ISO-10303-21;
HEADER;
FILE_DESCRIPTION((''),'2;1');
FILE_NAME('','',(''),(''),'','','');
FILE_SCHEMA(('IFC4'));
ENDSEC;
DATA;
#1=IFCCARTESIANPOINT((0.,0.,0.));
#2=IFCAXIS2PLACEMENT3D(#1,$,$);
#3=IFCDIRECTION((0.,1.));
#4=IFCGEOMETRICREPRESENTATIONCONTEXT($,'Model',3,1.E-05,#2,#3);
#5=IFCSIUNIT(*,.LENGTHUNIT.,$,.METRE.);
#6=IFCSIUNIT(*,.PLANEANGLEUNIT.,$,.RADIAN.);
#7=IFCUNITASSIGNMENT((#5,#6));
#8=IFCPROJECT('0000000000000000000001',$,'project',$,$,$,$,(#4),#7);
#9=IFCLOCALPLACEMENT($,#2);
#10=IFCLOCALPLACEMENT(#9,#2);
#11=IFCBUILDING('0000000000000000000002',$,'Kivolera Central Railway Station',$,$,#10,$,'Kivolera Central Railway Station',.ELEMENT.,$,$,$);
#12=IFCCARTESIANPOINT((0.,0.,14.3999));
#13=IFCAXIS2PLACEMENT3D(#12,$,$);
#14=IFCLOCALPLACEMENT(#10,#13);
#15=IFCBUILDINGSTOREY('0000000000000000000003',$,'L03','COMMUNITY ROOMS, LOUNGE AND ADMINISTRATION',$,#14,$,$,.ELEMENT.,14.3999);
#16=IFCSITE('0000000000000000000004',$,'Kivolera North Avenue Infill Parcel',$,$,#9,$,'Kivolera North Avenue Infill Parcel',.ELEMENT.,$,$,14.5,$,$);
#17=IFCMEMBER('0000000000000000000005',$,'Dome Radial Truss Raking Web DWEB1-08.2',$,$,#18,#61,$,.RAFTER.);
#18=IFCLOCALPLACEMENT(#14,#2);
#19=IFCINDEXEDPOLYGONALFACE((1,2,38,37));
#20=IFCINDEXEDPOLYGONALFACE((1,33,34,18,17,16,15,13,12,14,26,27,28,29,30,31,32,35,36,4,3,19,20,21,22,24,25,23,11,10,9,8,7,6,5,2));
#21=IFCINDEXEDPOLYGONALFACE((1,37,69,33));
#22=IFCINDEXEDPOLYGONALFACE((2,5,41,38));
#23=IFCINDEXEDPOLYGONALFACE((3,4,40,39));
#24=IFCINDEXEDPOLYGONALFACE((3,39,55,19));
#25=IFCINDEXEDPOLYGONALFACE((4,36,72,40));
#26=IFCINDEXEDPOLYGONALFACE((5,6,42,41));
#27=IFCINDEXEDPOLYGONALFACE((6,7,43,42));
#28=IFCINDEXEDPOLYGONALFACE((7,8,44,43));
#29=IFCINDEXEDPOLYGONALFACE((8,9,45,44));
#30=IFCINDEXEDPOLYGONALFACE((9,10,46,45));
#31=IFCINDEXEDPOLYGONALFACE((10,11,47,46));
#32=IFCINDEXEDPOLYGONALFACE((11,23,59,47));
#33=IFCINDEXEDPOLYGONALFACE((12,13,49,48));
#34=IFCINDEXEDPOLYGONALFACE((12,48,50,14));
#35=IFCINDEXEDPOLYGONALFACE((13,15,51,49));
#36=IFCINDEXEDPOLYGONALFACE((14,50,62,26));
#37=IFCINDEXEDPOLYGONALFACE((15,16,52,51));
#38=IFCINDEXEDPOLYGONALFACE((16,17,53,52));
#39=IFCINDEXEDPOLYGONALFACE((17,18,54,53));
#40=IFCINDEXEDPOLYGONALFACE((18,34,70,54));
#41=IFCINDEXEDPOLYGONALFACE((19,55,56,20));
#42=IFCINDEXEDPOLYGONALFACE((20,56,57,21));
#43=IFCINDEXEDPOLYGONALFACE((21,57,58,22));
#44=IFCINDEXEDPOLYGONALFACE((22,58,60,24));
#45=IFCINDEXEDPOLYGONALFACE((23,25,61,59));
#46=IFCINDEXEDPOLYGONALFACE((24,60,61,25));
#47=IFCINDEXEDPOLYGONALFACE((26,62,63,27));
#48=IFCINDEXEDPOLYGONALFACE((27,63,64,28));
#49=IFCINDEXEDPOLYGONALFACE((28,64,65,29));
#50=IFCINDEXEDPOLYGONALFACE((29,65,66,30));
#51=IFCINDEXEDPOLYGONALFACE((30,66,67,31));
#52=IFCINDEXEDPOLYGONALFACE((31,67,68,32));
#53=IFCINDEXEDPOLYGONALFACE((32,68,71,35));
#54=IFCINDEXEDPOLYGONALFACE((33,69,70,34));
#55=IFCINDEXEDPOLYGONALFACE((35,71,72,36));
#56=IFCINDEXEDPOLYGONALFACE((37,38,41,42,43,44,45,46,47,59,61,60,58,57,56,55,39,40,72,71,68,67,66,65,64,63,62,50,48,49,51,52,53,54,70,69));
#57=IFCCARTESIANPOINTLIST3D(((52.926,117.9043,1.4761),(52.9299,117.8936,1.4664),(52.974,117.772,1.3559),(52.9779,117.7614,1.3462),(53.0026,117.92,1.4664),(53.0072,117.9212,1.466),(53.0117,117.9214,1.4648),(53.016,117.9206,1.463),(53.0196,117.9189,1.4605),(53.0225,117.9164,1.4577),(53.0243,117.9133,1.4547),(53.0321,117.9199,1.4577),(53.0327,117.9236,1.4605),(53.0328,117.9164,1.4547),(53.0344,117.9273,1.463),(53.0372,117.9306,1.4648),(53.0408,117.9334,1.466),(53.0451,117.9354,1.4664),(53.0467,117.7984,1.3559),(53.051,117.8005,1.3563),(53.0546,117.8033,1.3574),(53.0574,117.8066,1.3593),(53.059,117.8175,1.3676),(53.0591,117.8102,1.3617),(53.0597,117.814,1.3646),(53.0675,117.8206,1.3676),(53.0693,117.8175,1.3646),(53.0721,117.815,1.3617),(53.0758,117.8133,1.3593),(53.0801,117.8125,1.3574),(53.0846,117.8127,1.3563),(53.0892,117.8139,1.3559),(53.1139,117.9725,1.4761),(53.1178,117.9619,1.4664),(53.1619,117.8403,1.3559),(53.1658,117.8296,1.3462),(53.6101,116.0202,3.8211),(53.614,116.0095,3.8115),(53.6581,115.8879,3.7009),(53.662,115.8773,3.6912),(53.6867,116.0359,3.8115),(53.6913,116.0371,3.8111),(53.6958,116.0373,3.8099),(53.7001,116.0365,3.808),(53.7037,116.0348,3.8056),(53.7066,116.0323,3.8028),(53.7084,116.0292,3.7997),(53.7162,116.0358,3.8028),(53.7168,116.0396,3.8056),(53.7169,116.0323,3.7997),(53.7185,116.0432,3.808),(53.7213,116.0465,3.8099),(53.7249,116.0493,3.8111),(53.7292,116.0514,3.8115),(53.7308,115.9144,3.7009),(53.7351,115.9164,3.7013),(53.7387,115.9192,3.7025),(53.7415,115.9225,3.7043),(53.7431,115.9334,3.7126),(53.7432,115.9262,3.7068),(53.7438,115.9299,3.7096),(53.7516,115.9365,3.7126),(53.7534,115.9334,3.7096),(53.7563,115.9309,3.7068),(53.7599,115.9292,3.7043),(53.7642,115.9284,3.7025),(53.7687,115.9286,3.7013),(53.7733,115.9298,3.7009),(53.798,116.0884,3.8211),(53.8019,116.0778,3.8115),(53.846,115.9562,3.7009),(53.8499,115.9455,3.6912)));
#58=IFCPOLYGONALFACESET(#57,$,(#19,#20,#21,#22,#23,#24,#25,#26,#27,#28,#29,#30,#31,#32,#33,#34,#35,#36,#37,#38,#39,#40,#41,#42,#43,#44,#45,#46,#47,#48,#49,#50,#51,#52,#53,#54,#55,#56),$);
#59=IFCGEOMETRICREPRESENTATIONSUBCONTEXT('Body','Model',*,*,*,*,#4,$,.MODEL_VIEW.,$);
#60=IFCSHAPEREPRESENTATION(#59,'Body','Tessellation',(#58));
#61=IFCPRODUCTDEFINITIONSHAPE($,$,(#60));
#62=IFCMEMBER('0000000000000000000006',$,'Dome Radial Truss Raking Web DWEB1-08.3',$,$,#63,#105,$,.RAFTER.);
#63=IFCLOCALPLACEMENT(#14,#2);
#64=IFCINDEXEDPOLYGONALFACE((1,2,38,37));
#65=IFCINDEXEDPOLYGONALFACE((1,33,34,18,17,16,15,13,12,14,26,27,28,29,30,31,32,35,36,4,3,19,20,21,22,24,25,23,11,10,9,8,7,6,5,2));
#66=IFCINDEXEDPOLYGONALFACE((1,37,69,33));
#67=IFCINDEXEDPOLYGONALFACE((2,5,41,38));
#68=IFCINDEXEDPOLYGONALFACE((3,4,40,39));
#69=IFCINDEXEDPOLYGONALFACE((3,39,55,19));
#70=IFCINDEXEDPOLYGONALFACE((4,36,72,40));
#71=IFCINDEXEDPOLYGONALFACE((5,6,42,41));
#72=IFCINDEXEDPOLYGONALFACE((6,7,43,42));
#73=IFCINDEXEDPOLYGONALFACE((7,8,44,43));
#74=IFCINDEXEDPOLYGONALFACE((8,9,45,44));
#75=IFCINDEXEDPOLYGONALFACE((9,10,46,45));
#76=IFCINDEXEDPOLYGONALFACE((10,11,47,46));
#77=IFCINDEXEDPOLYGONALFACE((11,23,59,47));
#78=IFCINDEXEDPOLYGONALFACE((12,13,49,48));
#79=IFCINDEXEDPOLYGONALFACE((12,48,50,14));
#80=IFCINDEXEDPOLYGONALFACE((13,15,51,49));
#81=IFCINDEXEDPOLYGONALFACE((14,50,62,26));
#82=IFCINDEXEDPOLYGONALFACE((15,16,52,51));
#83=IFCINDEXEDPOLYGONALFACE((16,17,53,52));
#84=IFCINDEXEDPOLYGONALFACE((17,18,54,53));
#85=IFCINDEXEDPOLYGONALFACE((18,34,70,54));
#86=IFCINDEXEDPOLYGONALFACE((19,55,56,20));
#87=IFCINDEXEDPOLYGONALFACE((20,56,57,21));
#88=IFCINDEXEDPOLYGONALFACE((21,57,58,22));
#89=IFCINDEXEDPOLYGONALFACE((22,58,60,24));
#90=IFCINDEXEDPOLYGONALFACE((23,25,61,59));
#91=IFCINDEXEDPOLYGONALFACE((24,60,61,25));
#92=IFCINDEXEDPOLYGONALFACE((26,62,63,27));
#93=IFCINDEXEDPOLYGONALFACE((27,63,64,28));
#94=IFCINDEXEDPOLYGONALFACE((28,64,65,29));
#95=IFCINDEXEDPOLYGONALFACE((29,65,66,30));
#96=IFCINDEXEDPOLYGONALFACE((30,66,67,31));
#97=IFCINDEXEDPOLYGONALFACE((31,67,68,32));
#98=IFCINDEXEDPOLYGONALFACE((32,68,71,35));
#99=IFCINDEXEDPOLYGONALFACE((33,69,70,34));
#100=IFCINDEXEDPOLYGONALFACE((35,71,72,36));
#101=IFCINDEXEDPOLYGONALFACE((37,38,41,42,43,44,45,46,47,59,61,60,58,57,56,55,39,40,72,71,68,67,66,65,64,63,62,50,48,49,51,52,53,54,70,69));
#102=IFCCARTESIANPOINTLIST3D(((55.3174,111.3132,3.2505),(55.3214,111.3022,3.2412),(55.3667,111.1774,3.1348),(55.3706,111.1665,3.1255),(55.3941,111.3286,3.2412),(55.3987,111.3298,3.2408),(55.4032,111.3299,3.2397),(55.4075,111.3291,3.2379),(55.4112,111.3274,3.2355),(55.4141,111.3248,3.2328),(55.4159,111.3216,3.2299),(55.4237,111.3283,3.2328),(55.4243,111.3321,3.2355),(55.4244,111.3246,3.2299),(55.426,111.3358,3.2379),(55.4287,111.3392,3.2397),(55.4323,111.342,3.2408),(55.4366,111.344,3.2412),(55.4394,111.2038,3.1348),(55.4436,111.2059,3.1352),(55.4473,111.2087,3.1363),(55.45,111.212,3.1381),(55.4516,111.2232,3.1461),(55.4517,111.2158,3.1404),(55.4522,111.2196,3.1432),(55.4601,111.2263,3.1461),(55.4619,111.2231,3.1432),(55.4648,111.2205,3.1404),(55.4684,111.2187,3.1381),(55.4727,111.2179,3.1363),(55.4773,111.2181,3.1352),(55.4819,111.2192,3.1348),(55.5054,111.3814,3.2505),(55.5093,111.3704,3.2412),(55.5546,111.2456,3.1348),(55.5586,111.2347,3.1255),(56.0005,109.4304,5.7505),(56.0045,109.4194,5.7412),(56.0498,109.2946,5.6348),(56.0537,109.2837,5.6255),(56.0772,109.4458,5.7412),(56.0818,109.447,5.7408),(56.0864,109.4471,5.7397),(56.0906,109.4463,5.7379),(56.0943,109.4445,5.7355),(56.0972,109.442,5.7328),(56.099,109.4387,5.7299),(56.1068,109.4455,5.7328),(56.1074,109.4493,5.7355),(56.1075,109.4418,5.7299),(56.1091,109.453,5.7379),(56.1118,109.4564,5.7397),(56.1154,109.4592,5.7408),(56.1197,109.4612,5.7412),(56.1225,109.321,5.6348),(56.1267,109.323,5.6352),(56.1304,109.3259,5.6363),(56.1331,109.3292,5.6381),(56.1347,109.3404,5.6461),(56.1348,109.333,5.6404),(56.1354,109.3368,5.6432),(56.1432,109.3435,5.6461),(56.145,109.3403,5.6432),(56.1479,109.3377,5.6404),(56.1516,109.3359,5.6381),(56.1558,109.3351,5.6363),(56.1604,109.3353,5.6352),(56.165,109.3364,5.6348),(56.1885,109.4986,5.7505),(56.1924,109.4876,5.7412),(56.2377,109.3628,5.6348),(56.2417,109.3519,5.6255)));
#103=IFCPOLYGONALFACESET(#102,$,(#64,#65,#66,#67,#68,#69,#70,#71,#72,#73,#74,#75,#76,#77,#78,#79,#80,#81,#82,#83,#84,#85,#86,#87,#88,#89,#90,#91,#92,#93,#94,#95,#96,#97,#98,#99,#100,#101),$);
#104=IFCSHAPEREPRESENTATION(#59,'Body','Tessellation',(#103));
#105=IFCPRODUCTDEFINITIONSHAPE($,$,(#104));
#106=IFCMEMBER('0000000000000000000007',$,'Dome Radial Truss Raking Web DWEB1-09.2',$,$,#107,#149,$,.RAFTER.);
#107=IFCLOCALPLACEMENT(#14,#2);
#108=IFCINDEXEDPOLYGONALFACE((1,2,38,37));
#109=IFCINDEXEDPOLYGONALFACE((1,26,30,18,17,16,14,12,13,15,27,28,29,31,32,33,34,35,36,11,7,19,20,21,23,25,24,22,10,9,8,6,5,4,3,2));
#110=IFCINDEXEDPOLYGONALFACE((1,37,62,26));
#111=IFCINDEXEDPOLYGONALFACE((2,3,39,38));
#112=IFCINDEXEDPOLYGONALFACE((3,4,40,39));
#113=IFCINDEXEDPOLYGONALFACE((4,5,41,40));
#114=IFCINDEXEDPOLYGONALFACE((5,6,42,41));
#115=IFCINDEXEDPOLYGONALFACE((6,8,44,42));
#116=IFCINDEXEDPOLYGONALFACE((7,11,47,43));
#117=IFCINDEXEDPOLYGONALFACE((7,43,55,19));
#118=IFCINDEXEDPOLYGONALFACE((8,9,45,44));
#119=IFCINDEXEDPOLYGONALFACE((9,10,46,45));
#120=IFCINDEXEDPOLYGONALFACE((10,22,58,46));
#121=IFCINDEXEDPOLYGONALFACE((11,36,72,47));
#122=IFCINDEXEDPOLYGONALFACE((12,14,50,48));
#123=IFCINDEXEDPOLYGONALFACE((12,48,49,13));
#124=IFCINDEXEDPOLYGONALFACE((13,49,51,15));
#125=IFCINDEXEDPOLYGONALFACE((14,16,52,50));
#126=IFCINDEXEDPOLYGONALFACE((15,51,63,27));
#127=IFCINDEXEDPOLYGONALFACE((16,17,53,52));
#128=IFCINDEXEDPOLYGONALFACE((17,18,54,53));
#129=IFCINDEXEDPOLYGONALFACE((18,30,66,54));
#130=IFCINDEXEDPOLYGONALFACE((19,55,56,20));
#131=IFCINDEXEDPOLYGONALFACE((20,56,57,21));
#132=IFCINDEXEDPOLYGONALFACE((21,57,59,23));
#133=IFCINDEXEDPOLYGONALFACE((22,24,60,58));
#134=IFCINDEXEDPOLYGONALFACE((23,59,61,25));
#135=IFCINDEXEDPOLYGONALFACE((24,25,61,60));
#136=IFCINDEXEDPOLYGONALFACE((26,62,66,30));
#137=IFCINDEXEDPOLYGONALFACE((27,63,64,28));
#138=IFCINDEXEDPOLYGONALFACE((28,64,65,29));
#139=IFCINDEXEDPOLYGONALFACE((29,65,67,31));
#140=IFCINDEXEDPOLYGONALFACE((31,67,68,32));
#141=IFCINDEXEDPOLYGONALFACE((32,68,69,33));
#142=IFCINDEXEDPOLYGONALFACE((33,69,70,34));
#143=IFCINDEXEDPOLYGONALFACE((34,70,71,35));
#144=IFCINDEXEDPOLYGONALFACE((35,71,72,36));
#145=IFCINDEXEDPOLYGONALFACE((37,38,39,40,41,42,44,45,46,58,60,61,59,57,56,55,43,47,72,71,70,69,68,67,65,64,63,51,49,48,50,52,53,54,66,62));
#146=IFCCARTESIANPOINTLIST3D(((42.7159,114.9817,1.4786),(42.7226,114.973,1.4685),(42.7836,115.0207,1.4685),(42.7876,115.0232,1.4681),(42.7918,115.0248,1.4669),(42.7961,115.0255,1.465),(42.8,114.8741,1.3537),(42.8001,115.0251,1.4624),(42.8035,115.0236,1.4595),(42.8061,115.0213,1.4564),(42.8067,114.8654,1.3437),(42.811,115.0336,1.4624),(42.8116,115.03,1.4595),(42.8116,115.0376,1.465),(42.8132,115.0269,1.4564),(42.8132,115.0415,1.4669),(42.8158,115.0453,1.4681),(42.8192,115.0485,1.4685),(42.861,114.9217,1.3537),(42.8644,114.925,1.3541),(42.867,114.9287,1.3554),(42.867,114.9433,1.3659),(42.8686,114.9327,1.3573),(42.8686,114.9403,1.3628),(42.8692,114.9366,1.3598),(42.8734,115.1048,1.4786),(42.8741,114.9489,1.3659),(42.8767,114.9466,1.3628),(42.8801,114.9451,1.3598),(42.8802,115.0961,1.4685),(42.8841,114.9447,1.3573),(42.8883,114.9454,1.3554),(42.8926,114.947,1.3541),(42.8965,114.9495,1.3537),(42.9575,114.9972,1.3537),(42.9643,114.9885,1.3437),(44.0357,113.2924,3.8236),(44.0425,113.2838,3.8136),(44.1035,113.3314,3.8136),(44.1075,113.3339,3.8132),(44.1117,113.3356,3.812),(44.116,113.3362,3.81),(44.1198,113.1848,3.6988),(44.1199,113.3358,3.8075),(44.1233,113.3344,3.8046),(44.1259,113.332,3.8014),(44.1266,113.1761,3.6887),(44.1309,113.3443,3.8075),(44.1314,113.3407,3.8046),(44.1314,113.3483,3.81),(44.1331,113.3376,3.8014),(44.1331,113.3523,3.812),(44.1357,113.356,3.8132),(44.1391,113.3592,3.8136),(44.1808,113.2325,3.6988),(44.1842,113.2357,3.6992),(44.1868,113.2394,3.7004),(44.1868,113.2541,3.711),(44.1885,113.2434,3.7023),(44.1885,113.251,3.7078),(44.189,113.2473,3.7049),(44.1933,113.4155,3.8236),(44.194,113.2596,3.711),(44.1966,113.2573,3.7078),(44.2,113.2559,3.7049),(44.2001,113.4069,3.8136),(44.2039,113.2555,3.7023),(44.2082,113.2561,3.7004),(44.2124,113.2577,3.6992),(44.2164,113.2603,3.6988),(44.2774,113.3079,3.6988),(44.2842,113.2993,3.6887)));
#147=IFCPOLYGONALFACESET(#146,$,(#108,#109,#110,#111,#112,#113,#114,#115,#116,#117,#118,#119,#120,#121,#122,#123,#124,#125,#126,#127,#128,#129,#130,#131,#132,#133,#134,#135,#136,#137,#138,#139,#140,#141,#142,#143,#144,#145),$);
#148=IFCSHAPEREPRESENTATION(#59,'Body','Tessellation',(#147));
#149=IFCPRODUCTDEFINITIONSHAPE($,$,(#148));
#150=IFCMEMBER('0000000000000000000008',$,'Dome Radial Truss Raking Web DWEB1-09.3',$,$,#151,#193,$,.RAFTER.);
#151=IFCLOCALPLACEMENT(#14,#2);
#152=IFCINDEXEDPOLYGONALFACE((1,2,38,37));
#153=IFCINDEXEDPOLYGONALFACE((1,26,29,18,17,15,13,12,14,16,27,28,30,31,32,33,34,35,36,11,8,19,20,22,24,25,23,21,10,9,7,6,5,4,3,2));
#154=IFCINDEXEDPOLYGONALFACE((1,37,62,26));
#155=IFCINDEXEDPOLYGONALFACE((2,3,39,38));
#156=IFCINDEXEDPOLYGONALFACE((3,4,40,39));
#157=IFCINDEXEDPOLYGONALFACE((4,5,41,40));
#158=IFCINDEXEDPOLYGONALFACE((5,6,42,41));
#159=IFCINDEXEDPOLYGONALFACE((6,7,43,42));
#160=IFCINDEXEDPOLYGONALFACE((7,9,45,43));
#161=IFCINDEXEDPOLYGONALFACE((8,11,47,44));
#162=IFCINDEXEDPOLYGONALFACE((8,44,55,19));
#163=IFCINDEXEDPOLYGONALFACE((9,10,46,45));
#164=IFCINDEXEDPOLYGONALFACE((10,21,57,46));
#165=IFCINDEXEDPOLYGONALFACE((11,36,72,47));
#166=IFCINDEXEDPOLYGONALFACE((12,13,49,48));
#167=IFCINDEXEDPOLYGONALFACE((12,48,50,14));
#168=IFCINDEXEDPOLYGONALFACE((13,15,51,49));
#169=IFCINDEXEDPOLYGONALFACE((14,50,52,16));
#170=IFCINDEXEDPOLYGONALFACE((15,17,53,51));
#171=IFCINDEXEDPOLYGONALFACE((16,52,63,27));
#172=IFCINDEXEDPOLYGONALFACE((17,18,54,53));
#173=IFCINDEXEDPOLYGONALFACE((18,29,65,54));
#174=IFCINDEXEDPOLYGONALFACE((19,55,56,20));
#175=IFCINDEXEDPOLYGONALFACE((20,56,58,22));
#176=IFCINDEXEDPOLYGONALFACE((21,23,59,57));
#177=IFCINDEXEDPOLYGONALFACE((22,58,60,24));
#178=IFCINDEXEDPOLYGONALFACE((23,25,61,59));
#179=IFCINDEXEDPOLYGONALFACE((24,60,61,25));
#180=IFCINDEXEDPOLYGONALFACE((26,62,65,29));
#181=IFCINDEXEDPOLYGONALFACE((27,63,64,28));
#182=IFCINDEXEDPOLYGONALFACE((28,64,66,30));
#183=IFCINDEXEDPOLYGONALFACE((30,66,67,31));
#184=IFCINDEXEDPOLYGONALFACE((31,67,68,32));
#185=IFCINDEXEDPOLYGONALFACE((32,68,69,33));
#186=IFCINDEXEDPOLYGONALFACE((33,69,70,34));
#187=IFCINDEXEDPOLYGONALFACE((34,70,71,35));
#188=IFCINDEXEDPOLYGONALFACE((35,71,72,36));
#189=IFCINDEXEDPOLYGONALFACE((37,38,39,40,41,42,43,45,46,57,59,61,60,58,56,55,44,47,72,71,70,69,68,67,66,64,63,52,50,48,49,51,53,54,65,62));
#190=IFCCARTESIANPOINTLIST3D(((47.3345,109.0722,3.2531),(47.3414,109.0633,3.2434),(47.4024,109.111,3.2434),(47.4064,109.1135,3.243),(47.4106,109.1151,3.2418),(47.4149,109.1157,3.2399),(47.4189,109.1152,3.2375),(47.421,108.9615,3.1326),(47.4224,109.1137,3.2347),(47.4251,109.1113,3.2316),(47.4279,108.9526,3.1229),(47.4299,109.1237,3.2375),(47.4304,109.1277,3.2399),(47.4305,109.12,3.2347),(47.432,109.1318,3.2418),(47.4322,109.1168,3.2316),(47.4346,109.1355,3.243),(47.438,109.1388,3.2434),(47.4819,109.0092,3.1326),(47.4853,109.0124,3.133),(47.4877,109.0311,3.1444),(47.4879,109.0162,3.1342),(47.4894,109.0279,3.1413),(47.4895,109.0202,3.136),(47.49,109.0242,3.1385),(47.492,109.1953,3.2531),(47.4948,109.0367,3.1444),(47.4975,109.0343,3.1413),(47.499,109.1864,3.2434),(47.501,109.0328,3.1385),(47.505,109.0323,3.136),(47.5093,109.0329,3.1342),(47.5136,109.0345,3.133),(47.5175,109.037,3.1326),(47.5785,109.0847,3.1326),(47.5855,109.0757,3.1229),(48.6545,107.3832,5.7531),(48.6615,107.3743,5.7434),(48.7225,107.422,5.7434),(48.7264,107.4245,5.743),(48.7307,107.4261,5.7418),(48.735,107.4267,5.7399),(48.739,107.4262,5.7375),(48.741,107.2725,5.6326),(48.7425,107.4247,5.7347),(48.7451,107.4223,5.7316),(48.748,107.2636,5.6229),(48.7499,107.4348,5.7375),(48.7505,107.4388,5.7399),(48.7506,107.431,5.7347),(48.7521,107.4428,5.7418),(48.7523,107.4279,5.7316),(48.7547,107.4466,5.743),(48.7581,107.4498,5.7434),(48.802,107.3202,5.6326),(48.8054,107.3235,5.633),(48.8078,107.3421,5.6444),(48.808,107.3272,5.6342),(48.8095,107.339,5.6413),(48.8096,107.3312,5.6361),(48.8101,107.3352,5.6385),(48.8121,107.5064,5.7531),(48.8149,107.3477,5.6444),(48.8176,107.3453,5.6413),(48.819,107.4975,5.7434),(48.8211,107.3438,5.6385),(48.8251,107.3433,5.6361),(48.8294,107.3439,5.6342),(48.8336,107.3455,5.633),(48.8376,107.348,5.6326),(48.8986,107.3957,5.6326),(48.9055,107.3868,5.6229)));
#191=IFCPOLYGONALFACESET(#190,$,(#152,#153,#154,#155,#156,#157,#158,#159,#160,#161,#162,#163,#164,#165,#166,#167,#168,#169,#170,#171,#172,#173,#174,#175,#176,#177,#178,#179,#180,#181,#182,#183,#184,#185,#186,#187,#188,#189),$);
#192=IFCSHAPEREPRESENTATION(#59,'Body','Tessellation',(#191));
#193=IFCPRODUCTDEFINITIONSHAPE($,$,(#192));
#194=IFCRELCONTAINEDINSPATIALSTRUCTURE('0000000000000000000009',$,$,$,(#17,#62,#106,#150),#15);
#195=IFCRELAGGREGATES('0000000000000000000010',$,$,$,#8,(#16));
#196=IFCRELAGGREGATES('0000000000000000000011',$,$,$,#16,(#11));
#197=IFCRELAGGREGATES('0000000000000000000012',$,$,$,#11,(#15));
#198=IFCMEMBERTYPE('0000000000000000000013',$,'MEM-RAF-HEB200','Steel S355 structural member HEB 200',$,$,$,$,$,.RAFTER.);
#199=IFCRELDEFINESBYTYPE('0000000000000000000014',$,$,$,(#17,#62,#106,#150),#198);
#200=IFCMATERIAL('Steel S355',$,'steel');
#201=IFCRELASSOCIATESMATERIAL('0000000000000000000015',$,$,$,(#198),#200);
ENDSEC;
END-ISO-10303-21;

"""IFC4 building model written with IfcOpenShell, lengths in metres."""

from ifc_helpers import new_model, si_unit, direction, frame, origin, origin_2d, place, context, subcontext, project, spatial, i_section, extrude, material, material_profile, profile_set, type_object, element, save


model = new_model("IFC4")

# Units and contexts
model_context = context("Model", 3, precision=1e-05, world=origin(), true_north=direction((0.0, 1.0)))
body_context = subcontext(model_context, "Body", "Model", "MODEL_VIEW")
ifc_project = project(units=[si_unit("LENGTHUNIT", "METRE"), si_unit("PLANEANGLEUNIT", "RADIAN")], contexts=[model_context])

# Site, building, storey
site_placement = place(None, origin())
site = spatial("IfcSite", under=ifc_project, at=site_placement, Name="Kivolera North Avenue Infill Parcel", LongName="Kivolera North Avenue Infill Parcel", CompositionType="ELEMENT", RefElevation=14.5)
building_placement = place(site_placement, origin())
building = spatial("IfcBuilding", under=site, at=building_placement, Name="Kivolera Central Railway Station", LongName="Kivolera Central Railway Station", CompositionType="ELEMENT")
storey_placement = place(building_placement, frame((0.0, 0.0, 14.3999)))
storey = spatial("IfcBuildingStorey", under=building, at=storey_placement, Name="L03", Description="COMMUNITY ROOMS, LOUNGE AND ADMINISTRATION", CompositionType="ELEMENT", Elevation=14.3999)

# Shared definitions
ifc_material_1 = material(Name="Steel S355", Category="steel")

# Members
ifc_material_profile_1 = material_profile(ifc_material_1, i_section(OverallWidth=0.2, OverallDepth=0.2, WebThickness=0.009, FlangeThickness=0.0149, FilletRadius=0.0181, at=origin_2d()), Name="HEB 200")
ifc_profile_set_1 = profile_set([ifc_material_profile_1], Name="Steel S355")
member_type_1 = type_object("IfcMemberType", Name="MEM-RAF-HEB200", Description="Steel S355 structural member HEB 200", PredefinedType="RAFTER", material=ifc_profile_set_1)
member_1_placement = place(storey_placement, frame((53.0459, 117.8669, 1.4111), z_axis=(0.221754, -0.610733, 0.760152), x_axis=(0.939957, 0.341293, 0.0)))
element("IfcMember", 1, at=member_1_placement, inside=storey, type_object=member_type_1, Name="Dome Radial Truss Raking Web DWEB1-08.2", PredefinedType="RAFTER", context=body_context, shape_type="SweptSolid", body=[
    extrude(i_section(OverallWidth=0.2, OverallDepth=0.2, WebThickness=0.009, FlangeThickness=0.0149, FilletRadius=0.0181, at=origin_2d()), origin(), (0.0, 0.0, 1.0), 3.085),
])
member_2_placement = place(storey_placement, frame((55.438, 111.2739, 3.188), z_axis=(0.213246, -0.587759, 0.780427), x_axis=(0.940042, 0.341058, 0.0)))
element("IfcMember", 2, at=member_2_placement, inside=storey, type_object=member_type_1, Name="Dome Radial Truss Raking Web DWEB1-08.3", PredefinedType="RAFTER", context=body_context, shape_type="SweptSolid", body=[
    extrude(i_section(OverallWidth=0.2, OverallDepth=0.2, WebThickness=0.009, FlangeThickness=0.0149, FilletRadius=0.0181, at=origin_2d()), origin(), (0.0, 0.0, 1.0), 3.2034),
])
member_3_placement = place(storey_placement, frame((42.8401, 114.9851, 1.4111), z_axis=(0.415412, -0.531675, 0.738075), x_axis=(0.787995, 0.615682, 0.0)))
element("IfcMember", 3, at=member_3_placement, inside=storey, type_object=member_type_1, Name="Dome Radial Truss Raking Web DWEB1-09.2", PredefinedType="RAFTER", context=body_context, shape_type="SweptSolid", body=[
    extrude(i_section(OverallWidth=0.2, OverallDepth=0.2, WebThickness=0.009, FlangeThickness=0.0149, FilletRadius=0.0181, at=origin_2d()), origin(), (0.0, 0.0, 1.0), 3.1772),
])
member_4_placement = place(storey_placement, frame((47.46, 109.074, 3.188), z_axis=(0.400846, -0.512864, 0.759139), x_axis=(0.787897, 0.615808, 0.0)))
element("IfcMember", 4, at=member_4_placement, inside=storey, type_object=member_type_1, Name="Dome Radial Truss Raking Web DWEB1-09.3", PredefinedType="RAFTER", context=body_context, shape_type="SweptSolid", body=[
    extrude(i_section(OverallWidth=0.2, OverallDepth=0.2, WebThickness=0.009, FlangeThickness=0.0149, FilletRadius=0.0181, at=origin_2d()), origin(), (0.0, 0.0, 1.0), 3.2932),
])

save(model, "model.ifc")
